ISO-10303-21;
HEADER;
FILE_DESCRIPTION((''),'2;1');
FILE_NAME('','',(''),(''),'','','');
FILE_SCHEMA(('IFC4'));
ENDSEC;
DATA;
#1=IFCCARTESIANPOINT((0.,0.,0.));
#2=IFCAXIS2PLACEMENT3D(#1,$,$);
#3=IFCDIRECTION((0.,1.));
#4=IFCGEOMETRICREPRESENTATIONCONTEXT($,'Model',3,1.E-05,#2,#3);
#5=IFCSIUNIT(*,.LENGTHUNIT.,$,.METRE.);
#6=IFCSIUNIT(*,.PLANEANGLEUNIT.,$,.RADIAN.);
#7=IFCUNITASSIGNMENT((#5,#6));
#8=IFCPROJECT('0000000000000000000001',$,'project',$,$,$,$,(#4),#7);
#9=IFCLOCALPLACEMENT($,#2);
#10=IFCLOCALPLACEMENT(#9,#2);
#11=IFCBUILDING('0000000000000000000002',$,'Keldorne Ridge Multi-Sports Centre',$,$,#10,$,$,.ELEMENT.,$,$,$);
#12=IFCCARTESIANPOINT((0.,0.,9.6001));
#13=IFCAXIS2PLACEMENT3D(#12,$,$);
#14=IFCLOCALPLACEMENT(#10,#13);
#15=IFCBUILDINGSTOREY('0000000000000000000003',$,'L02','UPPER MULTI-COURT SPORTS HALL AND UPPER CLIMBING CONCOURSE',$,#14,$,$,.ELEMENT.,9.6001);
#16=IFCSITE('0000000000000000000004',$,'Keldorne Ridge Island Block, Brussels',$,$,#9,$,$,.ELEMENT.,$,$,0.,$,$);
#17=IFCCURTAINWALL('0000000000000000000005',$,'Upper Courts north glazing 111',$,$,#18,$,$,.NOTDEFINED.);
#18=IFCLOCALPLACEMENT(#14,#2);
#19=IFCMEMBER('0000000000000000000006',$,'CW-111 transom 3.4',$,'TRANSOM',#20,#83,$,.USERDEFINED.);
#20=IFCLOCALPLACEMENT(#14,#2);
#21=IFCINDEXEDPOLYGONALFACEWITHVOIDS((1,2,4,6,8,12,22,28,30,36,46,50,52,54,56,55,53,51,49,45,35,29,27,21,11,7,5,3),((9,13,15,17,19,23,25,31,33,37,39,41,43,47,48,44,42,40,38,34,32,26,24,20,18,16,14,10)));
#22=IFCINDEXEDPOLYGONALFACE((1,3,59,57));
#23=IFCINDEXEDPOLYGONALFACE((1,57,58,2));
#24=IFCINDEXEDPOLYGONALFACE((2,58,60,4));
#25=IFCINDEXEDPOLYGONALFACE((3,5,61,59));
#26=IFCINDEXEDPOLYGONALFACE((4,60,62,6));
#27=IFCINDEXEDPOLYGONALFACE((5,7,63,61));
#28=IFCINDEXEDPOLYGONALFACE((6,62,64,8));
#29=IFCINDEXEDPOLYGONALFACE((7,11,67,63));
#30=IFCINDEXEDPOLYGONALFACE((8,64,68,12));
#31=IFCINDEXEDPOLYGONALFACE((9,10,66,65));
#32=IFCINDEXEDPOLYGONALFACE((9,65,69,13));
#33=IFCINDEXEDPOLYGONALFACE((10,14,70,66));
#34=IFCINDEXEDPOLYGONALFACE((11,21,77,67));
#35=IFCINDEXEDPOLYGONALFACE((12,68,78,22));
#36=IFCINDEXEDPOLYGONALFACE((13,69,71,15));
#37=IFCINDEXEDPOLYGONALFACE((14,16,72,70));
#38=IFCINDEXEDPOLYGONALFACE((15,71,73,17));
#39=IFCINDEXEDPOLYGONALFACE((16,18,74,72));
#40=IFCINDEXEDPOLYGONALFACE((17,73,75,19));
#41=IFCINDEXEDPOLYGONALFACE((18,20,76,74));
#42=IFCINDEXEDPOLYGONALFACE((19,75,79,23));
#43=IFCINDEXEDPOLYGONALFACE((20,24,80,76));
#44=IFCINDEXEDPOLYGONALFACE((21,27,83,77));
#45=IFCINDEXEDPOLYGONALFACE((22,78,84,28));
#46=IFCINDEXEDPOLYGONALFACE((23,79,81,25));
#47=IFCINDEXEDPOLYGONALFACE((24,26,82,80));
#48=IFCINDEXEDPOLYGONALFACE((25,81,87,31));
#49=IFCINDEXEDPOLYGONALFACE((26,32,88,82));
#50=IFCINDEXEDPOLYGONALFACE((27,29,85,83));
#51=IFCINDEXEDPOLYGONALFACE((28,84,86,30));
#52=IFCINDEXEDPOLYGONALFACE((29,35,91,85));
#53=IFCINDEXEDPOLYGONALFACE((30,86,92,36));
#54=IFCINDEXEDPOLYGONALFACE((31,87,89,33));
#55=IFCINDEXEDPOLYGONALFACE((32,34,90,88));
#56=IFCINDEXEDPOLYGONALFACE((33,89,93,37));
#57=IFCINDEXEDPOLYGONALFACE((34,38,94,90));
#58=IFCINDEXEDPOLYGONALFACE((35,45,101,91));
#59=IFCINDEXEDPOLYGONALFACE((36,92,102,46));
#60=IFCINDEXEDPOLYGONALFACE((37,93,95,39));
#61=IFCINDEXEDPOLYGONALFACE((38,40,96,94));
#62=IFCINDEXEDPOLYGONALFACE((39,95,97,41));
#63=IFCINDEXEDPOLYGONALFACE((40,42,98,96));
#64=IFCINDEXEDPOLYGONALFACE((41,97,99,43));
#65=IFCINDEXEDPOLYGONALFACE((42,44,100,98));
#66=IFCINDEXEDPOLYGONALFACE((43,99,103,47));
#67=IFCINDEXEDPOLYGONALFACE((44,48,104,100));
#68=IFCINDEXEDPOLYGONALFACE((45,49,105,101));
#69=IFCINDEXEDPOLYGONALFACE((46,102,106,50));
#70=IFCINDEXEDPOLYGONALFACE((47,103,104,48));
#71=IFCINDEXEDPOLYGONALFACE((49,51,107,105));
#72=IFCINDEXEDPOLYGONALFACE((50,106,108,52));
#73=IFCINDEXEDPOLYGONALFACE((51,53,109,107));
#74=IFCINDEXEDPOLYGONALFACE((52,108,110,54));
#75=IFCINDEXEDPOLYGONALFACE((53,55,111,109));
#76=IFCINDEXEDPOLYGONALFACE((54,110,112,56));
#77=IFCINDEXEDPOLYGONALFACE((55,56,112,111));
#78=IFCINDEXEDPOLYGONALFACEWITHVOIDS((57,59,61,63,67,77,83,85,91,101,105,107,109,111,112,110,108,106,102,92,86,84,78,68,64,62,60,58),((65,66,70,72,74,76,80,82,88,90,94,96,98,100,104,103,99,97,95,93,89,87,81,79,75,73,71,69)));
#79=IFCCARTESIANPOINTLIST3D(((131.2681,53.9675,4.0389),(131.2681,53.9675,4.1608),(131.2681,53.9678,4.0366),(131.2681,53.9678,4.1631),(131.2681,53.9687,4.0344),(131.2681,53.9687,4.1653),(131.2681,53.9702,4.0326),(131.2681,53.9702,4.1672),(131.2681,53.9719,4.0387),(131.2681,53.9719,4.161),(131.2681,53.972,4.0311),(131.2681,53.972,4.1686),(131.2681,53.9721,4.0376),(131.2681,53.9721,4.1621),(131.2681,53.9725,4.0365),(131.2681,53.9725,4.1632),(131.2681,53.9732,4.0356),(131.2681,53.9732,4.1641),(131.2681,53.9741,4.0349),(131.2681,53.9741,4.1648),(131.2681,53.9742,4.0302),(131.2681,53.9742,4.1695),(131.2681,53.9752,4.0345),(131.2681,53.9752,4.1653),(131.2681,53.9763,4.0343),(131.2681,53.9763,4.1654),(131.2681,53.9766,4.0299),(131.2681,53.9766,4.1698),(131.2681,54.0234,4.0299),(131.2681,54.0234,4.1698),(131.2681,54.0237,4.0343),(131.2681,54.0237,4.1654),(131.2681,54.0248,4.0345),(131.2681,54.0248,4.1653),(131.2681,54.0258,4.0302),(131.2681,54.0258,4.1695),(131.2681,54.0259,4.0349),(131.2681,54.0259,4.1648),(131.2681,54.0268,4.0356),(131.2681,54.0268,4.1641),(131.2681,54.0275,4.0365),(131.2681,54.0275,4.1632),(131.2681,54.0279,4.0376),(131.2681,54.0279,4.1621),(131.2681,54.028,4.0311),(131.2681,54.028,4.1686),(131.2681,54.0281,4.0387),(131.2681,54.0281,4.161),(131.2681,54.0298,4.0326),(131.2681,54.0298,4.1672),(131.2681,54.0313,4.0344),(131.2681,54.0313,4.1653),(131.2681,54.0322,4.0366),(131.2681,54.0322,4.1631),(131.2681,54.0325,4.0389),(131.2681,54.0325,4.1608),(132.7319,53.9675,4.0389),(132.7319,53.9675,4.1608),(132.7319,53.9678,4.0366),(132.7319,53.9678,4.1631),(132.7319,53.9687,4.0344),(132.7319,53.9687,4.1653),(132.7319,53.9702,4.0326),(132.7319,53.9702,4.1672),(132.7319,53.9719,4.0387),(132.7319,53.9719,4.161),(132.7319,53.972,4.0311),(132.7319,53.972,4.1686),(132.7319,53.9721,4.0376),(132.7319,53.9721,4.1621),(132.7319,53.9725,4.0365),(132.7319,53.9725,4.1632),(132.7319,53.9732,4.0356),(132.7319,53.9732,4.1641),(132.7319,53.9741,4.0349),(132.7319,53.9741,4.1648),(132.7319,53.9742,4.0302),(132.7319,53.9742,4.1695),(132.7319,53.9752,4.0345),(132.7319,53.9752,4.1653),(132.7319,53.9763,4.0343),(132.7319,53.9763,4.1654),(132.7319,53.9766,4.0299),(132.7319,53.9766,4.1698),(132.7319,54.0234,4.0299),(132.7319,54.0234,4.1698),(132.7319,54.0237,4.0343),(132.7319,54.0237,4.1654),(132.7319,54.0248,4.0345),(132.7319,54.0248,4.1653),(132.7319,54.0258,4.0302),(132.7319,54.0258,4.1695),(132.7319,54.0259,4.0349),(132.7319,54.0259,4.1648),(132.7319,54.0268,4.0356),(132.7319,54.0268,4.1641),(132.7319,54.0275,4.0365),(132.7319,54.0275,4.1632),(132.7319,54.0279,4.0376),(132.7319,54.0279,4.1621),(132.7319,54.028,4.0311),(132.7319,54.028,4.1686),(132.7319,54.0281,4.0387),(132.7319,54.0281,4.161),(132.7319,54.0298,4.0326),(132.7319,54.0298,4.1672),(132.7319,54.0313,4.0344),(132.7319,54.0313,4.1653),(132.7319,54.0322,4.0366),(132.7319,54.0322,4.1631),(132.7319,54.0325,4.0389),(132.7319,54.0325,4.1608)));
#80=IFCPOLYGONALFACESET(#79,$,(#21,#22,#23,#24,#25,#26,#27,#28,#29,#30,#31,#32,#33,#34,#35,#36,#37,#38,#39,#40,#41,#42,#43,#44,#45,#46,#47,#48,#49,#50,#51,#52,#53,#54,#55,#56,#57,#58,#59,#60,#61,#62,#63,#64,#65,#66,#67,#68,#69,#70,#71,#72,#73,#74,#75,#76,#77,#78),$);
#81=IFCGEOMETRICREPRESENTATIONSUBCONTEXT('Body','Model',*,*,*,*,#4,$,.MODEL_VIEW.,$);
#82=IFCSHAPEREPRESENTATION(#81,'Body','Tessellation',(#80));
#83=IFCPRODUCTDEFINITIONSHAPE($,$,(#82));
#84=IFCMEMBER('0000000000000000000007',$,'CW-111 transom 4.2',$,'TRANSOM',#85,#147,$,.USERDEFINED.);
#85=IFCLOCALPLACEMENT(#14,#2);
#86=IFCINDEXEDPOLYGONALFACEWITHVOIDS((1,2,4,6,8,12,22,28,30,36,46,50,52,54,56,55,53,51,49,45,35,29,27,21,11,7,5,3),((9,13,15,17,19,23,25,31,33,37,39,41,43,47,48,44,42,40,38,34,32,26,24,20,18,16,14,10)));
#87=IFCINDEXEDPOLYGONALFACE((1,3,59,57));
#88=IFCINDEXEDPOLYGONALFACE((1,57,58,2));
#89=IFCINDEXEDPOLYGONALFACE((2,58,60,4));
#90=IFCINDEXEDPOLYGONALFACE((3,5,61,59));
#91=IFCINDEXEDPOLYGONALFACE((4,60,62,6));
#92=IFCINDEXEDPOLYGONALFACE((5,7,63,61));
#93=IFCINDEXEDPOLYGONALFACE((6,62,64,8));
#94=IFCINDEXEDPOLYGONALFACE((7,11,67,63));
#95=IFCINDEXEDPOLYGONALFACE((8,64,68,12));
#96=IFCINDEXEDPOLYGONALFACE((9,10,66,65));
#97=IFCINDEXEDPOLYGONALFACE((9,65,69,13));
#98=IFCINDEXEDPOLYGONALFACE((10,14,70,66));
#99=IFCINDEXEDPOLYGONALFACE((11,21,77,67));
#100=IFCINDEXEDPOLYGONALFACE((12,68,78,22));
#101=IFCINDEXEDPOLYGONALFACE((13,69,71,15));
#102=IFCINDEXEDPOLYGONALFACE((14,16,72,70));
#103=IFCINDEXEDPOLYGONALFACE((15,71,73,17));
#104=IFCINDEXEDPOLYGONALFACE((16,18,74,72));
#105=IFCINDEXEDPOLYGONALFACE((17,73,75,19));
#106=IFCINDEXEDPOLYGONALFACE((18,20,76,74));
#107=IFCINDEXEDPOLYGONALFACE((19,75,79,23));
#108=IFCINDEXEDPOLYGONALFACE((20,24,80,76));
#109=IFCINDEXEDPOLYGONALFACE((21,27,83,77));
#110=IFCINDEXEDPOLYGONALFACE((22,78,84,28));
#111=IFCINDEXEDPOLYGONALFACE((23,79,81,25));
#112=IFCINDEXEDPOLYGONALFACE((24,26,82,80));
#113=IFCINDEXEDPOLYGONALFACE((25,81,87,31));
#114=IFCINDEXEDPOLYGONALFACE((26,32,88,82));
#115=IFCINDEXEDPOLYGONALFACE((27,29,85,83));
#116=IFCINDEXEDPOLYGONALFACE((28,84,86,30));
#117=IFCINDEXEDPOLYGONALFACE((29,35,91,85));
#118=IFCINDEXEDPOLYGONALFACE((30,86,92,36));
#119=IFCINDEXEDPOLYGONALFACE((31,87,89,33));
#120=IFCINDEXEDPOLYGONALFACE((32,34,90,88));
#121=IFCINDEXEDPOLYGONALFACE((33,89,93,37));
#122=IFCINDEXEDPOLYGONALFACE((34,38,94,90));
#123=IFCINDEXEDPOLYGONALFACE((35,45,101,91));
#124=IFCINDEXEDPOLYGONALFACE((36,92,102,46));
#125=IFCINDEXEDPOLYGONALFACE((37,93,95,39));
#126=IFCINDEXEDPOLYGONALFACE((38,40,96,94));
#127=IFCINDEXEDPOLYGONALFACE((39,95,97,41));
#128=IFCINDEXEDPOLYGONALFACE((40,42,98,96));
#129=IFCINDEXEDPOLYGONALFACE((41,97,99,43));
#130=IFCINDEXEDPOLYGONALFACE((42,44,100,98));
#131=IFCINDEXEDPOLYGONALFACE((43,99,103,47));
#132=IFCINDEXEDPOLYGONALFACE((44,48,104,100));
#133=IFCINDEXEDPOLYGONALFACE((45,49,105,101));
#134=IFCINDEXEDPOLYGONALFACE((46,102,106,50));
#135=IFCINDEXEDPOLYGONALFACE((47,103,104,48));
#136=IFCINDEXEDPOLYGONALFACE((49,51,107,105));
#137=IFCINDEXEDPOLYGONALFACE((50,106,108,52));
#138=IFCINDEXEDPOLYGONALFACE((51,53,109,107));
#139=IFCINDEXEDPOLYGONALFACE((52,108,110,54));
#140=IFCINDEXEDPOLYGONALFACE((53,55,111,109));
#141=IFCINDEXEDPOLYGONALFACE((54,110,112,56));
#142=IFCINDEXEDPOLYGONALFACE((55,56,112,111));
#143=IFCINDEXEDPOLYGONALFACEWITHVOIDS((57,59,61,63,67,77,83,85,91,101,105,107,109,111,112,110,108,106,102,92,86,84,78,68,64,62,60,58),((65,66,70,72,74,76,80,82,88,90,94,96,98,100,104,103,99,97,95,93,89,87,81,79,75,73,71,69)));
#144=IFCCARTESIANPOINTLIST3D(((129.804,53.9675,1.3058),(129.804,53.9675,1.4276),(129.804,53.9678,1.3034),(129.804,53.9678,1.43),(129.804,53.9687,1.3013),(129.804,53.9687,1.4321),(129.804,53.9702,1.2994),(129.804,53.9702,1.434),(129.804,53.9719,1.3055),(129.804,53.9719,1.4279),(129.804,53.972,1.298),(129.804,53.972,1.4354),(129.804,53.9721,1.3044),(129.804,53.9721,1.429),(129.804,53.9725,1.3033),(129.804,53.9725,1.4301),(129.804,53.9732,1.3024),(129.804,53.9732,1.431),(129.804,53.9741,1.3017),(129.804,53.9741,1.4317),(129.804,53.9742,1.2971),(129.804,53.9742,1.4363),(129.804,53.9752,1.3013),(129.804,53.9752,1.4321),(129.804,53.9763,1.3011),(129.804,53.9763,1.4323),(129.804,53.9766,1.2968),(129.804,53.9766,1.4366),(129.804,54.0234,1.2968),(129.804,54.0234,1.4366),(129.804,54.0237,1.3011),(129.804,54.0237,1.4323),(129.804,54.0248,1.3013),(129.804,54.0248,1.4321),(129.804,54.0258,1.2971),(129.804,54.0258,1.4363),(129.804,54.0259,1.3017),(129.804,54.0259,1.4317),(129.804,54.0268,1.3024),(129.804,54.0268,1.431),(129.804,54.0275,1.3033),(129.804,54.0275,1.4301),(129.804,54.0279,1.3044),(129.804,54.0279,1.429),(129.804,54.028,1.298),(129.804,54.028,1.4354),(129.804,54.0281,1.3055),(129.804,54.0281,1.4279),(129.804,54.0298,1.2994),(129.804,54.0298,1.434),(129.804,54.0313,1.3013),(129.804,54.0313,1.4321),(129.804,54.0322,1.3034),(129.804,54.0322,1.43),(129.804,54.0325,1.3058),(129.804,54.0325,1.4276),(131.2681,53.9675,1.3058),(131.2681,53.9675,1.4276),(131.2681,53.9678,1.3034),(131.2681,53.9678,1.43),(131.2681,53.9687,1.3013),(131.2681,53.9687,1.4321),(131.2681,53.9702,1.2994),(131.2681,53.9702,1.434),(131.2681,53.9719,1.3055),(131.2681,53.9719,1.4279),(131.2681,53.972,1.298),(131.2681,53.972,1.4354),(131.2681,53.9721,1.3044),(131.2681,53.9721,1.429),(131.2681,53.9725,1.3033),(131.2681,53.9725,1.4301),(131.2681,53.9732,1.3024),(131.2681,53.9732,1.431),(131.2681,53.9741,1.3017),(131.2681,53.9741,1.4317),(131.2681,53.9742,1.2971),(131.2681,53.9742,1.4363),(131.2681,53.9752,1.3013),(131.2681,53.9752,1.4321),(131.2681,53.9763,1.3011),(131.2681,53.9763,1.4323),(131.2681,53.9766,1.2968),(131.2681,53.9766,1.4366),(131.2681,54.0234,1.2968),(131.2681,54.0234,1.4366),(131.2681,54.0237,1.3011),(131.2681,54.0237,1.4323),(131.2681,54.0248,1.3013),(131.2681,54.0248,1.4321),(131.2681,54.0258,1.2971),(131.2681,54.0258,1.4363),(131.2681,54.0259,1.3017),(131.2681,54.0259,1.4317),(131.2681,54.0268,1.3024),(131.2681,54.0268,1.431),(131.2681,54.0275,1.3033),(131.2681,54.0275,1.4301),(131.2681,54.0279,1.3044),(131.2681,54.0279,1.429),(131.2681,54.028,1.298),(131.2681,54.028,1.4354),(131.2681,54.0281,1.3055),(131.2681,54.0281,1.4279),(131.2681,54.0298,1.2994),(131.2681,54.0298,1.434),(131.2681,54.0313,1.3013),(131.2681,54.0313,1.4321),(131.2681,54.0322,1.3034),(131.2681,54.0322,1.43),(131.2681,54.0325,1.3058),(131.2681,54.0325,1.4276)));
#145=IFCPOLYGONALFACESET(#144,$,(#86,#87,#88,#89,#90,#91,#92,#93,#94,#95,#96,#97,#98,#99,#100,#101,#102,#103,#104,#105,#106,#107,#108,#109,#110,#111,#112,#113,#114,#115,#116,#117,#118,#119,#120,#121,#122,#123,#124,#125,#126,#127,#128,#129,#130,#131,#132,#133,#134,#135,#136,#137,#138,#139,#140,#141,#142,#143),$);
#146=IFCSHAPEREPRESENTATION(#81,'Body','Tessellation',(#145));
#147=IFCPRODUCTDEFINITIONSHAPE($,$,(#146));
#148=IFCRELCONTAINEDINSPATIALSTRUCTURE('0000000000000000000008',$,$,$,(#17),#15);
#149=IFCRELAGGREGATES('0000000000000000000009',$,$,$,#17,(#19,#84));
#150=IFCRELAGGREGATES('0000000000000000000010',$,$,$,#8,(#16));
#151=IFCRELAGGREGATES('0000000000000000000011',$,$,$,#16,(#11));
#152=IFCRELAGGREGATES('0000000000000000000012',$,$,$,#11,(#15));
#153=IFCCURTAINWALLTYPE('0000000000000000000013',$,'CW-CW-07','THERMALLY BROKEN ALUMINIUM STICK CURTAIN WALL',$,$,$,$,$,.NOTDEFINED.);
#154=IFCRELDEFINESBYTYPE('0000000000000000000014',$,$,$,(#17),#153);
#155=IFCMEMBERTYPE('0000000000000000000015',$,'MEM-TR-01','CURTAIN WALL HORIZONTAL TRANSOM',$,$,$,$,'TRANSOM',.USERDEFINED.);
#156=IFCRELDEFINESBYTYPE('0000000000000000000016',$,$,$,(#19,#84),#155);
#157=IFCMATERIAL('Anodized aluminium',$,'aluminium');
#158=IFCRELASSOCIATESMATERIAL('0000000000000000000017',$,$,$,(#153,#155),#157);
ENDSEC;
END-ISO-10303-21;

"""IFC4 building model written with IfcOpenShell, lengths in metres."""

from ifc_helpers import new_model, si_unit, direction, frame, origin, origin_2d, place, context, subcontext, project, spatial, hollow_rectangle, extrude, material, material_profile, profile_set, type_object, element, aggregate, save


model = new_model("IFC4")

# Units and contexts
model_context = context("Model", 3, precision=1e-05, world=origin(), true_north=direction((0.0, 1.0)))
body_context = subcontext(model_context, "Body", "Model", "MODEL_VIEW")
ifc_project = project(units=[si_unit("LENGTHUNIT", "METRE"), si_unit("PLANEANGLEUNIT", "RADIAN")], contexts=[model_context])

# Site, building, storey
site_placement = place(None, origin())
site = spatial("IfcSite", under=ifc_project, at=site_placement, Name="Keldorne Ridge Island Block, Brussels", CompositionType="ELEMENT", RefElevation=0.0)
building_placement = place(site_placement, origin())
building = spatial("IfcBuilding", under=site, at=building_placement, Name="Keldorne Ridge Multi-Sports Centre", CompositionType="ELEMENT")
storey_placement = place(building_placement, frame((0.0, 0.0, 9.6001)))
storey = spatial("IfcBuildingStorey", under=building, at=storey_placement, Name="L02", Description="UPPER MULTI-COURT SPORTS HALL AND UPPER CLIMBING CONCOURSE", CompositionType="ELEMENT", Elevation=9.6001)

# Curtain wall, members
ifc_material_1 = material(Name="Anodized aluminium", Category="aluminium")
curtain_wall_type = type_object("IfcCurtainWallType", Name="CW-CW-07", Description="THERMALLY BROKEN ALUMINIUM STICK CURTAIN WALL", PredefinedType="NOTDEFINED", material=ifc_material_1)
curtain_wall_placement = place(storey_placement, origin())
curtain_wall = element("IfcCurtainWall", 1, at=curtain_wall_placement, inside=storey, type_object=curtain_wall_type, Name="Upper Courts north glazing 111", PredefinedType="NOTDEFINED")
ifc_material_profile_1 = material_profile(ifc_material_1, hollow_rectangle(XDim=0.0649, YDim=0.1399, WallThickness=0.0044, InnerFilletRadius=0.0044, OuterFilletRadius=0.009, at=origin_2d()), Name="ALU TRANSOM 140x65x4.5")
ifc_profile_set_1 = profile_set([ifc_material_profile_1], Name="Anodized aluminium")
member_type_1 = type_object("IfcMemberType", Name="MEM-TR-01", Description="CURTAIN WALL HORIZONTAL TRANSOM", ElementType="TRANSOM", PredefinedType="USERDEFINED", material=ifc_profile_set_1)
member_1_placement = place(storey_placement, frame((132.7319, 54.0, 4.0999), z_axis=(-1.0, 0.0, 0.0), x_axis=(0.0, -1.0, 0.0)))
member_1 = element("IfcMember", 2, at=member_1_placement, type_object=member_type_1, Name="CW-111 transom 3.4", ObjectType="TRANSOM", PredefinedType="USERDEFINED", context=body_context, shape_type="SweptSolid", body=[
    extrude(hollow_rectangle(XDim=0.0649, YDim=0.1399, WallThickness=0.0044, InnerFilletRadius=0.0044, OuterFilletRadius=0.009, at=origin_2d()), origin(), (0.0, 0.0, 1.0), 1.4639),
])
member_2_placement = place(storey_placement, frame((131.2681, 54.0, 1.3667), z_axis=(-1.0, 0.0, 0.0), x_axis=(0.0, -1.0, 0.0)))
member_2 = element("IfcMember", 3, at=member_2_placement, type_object=member_type_1, Name="CW-111 transom 4.2", ObjectType="TRANSOM", PredefinedType="USERDEFINED", context=body_context, shape_type="SweptSolid", body=[
    extrude(hollow_rectangle(XDim=0.0649, YDim=0.1399, WallThickness=0.0044, InnerFilletRadius=0.0044, OuterFilletRadius=0.009, at=origin_2d()), origin(), (0.0, 0.0, 1.0), 1.4641),
])
aggregate(curtain_wall, [member_1, member_2])

save(model, "model.ifc")
